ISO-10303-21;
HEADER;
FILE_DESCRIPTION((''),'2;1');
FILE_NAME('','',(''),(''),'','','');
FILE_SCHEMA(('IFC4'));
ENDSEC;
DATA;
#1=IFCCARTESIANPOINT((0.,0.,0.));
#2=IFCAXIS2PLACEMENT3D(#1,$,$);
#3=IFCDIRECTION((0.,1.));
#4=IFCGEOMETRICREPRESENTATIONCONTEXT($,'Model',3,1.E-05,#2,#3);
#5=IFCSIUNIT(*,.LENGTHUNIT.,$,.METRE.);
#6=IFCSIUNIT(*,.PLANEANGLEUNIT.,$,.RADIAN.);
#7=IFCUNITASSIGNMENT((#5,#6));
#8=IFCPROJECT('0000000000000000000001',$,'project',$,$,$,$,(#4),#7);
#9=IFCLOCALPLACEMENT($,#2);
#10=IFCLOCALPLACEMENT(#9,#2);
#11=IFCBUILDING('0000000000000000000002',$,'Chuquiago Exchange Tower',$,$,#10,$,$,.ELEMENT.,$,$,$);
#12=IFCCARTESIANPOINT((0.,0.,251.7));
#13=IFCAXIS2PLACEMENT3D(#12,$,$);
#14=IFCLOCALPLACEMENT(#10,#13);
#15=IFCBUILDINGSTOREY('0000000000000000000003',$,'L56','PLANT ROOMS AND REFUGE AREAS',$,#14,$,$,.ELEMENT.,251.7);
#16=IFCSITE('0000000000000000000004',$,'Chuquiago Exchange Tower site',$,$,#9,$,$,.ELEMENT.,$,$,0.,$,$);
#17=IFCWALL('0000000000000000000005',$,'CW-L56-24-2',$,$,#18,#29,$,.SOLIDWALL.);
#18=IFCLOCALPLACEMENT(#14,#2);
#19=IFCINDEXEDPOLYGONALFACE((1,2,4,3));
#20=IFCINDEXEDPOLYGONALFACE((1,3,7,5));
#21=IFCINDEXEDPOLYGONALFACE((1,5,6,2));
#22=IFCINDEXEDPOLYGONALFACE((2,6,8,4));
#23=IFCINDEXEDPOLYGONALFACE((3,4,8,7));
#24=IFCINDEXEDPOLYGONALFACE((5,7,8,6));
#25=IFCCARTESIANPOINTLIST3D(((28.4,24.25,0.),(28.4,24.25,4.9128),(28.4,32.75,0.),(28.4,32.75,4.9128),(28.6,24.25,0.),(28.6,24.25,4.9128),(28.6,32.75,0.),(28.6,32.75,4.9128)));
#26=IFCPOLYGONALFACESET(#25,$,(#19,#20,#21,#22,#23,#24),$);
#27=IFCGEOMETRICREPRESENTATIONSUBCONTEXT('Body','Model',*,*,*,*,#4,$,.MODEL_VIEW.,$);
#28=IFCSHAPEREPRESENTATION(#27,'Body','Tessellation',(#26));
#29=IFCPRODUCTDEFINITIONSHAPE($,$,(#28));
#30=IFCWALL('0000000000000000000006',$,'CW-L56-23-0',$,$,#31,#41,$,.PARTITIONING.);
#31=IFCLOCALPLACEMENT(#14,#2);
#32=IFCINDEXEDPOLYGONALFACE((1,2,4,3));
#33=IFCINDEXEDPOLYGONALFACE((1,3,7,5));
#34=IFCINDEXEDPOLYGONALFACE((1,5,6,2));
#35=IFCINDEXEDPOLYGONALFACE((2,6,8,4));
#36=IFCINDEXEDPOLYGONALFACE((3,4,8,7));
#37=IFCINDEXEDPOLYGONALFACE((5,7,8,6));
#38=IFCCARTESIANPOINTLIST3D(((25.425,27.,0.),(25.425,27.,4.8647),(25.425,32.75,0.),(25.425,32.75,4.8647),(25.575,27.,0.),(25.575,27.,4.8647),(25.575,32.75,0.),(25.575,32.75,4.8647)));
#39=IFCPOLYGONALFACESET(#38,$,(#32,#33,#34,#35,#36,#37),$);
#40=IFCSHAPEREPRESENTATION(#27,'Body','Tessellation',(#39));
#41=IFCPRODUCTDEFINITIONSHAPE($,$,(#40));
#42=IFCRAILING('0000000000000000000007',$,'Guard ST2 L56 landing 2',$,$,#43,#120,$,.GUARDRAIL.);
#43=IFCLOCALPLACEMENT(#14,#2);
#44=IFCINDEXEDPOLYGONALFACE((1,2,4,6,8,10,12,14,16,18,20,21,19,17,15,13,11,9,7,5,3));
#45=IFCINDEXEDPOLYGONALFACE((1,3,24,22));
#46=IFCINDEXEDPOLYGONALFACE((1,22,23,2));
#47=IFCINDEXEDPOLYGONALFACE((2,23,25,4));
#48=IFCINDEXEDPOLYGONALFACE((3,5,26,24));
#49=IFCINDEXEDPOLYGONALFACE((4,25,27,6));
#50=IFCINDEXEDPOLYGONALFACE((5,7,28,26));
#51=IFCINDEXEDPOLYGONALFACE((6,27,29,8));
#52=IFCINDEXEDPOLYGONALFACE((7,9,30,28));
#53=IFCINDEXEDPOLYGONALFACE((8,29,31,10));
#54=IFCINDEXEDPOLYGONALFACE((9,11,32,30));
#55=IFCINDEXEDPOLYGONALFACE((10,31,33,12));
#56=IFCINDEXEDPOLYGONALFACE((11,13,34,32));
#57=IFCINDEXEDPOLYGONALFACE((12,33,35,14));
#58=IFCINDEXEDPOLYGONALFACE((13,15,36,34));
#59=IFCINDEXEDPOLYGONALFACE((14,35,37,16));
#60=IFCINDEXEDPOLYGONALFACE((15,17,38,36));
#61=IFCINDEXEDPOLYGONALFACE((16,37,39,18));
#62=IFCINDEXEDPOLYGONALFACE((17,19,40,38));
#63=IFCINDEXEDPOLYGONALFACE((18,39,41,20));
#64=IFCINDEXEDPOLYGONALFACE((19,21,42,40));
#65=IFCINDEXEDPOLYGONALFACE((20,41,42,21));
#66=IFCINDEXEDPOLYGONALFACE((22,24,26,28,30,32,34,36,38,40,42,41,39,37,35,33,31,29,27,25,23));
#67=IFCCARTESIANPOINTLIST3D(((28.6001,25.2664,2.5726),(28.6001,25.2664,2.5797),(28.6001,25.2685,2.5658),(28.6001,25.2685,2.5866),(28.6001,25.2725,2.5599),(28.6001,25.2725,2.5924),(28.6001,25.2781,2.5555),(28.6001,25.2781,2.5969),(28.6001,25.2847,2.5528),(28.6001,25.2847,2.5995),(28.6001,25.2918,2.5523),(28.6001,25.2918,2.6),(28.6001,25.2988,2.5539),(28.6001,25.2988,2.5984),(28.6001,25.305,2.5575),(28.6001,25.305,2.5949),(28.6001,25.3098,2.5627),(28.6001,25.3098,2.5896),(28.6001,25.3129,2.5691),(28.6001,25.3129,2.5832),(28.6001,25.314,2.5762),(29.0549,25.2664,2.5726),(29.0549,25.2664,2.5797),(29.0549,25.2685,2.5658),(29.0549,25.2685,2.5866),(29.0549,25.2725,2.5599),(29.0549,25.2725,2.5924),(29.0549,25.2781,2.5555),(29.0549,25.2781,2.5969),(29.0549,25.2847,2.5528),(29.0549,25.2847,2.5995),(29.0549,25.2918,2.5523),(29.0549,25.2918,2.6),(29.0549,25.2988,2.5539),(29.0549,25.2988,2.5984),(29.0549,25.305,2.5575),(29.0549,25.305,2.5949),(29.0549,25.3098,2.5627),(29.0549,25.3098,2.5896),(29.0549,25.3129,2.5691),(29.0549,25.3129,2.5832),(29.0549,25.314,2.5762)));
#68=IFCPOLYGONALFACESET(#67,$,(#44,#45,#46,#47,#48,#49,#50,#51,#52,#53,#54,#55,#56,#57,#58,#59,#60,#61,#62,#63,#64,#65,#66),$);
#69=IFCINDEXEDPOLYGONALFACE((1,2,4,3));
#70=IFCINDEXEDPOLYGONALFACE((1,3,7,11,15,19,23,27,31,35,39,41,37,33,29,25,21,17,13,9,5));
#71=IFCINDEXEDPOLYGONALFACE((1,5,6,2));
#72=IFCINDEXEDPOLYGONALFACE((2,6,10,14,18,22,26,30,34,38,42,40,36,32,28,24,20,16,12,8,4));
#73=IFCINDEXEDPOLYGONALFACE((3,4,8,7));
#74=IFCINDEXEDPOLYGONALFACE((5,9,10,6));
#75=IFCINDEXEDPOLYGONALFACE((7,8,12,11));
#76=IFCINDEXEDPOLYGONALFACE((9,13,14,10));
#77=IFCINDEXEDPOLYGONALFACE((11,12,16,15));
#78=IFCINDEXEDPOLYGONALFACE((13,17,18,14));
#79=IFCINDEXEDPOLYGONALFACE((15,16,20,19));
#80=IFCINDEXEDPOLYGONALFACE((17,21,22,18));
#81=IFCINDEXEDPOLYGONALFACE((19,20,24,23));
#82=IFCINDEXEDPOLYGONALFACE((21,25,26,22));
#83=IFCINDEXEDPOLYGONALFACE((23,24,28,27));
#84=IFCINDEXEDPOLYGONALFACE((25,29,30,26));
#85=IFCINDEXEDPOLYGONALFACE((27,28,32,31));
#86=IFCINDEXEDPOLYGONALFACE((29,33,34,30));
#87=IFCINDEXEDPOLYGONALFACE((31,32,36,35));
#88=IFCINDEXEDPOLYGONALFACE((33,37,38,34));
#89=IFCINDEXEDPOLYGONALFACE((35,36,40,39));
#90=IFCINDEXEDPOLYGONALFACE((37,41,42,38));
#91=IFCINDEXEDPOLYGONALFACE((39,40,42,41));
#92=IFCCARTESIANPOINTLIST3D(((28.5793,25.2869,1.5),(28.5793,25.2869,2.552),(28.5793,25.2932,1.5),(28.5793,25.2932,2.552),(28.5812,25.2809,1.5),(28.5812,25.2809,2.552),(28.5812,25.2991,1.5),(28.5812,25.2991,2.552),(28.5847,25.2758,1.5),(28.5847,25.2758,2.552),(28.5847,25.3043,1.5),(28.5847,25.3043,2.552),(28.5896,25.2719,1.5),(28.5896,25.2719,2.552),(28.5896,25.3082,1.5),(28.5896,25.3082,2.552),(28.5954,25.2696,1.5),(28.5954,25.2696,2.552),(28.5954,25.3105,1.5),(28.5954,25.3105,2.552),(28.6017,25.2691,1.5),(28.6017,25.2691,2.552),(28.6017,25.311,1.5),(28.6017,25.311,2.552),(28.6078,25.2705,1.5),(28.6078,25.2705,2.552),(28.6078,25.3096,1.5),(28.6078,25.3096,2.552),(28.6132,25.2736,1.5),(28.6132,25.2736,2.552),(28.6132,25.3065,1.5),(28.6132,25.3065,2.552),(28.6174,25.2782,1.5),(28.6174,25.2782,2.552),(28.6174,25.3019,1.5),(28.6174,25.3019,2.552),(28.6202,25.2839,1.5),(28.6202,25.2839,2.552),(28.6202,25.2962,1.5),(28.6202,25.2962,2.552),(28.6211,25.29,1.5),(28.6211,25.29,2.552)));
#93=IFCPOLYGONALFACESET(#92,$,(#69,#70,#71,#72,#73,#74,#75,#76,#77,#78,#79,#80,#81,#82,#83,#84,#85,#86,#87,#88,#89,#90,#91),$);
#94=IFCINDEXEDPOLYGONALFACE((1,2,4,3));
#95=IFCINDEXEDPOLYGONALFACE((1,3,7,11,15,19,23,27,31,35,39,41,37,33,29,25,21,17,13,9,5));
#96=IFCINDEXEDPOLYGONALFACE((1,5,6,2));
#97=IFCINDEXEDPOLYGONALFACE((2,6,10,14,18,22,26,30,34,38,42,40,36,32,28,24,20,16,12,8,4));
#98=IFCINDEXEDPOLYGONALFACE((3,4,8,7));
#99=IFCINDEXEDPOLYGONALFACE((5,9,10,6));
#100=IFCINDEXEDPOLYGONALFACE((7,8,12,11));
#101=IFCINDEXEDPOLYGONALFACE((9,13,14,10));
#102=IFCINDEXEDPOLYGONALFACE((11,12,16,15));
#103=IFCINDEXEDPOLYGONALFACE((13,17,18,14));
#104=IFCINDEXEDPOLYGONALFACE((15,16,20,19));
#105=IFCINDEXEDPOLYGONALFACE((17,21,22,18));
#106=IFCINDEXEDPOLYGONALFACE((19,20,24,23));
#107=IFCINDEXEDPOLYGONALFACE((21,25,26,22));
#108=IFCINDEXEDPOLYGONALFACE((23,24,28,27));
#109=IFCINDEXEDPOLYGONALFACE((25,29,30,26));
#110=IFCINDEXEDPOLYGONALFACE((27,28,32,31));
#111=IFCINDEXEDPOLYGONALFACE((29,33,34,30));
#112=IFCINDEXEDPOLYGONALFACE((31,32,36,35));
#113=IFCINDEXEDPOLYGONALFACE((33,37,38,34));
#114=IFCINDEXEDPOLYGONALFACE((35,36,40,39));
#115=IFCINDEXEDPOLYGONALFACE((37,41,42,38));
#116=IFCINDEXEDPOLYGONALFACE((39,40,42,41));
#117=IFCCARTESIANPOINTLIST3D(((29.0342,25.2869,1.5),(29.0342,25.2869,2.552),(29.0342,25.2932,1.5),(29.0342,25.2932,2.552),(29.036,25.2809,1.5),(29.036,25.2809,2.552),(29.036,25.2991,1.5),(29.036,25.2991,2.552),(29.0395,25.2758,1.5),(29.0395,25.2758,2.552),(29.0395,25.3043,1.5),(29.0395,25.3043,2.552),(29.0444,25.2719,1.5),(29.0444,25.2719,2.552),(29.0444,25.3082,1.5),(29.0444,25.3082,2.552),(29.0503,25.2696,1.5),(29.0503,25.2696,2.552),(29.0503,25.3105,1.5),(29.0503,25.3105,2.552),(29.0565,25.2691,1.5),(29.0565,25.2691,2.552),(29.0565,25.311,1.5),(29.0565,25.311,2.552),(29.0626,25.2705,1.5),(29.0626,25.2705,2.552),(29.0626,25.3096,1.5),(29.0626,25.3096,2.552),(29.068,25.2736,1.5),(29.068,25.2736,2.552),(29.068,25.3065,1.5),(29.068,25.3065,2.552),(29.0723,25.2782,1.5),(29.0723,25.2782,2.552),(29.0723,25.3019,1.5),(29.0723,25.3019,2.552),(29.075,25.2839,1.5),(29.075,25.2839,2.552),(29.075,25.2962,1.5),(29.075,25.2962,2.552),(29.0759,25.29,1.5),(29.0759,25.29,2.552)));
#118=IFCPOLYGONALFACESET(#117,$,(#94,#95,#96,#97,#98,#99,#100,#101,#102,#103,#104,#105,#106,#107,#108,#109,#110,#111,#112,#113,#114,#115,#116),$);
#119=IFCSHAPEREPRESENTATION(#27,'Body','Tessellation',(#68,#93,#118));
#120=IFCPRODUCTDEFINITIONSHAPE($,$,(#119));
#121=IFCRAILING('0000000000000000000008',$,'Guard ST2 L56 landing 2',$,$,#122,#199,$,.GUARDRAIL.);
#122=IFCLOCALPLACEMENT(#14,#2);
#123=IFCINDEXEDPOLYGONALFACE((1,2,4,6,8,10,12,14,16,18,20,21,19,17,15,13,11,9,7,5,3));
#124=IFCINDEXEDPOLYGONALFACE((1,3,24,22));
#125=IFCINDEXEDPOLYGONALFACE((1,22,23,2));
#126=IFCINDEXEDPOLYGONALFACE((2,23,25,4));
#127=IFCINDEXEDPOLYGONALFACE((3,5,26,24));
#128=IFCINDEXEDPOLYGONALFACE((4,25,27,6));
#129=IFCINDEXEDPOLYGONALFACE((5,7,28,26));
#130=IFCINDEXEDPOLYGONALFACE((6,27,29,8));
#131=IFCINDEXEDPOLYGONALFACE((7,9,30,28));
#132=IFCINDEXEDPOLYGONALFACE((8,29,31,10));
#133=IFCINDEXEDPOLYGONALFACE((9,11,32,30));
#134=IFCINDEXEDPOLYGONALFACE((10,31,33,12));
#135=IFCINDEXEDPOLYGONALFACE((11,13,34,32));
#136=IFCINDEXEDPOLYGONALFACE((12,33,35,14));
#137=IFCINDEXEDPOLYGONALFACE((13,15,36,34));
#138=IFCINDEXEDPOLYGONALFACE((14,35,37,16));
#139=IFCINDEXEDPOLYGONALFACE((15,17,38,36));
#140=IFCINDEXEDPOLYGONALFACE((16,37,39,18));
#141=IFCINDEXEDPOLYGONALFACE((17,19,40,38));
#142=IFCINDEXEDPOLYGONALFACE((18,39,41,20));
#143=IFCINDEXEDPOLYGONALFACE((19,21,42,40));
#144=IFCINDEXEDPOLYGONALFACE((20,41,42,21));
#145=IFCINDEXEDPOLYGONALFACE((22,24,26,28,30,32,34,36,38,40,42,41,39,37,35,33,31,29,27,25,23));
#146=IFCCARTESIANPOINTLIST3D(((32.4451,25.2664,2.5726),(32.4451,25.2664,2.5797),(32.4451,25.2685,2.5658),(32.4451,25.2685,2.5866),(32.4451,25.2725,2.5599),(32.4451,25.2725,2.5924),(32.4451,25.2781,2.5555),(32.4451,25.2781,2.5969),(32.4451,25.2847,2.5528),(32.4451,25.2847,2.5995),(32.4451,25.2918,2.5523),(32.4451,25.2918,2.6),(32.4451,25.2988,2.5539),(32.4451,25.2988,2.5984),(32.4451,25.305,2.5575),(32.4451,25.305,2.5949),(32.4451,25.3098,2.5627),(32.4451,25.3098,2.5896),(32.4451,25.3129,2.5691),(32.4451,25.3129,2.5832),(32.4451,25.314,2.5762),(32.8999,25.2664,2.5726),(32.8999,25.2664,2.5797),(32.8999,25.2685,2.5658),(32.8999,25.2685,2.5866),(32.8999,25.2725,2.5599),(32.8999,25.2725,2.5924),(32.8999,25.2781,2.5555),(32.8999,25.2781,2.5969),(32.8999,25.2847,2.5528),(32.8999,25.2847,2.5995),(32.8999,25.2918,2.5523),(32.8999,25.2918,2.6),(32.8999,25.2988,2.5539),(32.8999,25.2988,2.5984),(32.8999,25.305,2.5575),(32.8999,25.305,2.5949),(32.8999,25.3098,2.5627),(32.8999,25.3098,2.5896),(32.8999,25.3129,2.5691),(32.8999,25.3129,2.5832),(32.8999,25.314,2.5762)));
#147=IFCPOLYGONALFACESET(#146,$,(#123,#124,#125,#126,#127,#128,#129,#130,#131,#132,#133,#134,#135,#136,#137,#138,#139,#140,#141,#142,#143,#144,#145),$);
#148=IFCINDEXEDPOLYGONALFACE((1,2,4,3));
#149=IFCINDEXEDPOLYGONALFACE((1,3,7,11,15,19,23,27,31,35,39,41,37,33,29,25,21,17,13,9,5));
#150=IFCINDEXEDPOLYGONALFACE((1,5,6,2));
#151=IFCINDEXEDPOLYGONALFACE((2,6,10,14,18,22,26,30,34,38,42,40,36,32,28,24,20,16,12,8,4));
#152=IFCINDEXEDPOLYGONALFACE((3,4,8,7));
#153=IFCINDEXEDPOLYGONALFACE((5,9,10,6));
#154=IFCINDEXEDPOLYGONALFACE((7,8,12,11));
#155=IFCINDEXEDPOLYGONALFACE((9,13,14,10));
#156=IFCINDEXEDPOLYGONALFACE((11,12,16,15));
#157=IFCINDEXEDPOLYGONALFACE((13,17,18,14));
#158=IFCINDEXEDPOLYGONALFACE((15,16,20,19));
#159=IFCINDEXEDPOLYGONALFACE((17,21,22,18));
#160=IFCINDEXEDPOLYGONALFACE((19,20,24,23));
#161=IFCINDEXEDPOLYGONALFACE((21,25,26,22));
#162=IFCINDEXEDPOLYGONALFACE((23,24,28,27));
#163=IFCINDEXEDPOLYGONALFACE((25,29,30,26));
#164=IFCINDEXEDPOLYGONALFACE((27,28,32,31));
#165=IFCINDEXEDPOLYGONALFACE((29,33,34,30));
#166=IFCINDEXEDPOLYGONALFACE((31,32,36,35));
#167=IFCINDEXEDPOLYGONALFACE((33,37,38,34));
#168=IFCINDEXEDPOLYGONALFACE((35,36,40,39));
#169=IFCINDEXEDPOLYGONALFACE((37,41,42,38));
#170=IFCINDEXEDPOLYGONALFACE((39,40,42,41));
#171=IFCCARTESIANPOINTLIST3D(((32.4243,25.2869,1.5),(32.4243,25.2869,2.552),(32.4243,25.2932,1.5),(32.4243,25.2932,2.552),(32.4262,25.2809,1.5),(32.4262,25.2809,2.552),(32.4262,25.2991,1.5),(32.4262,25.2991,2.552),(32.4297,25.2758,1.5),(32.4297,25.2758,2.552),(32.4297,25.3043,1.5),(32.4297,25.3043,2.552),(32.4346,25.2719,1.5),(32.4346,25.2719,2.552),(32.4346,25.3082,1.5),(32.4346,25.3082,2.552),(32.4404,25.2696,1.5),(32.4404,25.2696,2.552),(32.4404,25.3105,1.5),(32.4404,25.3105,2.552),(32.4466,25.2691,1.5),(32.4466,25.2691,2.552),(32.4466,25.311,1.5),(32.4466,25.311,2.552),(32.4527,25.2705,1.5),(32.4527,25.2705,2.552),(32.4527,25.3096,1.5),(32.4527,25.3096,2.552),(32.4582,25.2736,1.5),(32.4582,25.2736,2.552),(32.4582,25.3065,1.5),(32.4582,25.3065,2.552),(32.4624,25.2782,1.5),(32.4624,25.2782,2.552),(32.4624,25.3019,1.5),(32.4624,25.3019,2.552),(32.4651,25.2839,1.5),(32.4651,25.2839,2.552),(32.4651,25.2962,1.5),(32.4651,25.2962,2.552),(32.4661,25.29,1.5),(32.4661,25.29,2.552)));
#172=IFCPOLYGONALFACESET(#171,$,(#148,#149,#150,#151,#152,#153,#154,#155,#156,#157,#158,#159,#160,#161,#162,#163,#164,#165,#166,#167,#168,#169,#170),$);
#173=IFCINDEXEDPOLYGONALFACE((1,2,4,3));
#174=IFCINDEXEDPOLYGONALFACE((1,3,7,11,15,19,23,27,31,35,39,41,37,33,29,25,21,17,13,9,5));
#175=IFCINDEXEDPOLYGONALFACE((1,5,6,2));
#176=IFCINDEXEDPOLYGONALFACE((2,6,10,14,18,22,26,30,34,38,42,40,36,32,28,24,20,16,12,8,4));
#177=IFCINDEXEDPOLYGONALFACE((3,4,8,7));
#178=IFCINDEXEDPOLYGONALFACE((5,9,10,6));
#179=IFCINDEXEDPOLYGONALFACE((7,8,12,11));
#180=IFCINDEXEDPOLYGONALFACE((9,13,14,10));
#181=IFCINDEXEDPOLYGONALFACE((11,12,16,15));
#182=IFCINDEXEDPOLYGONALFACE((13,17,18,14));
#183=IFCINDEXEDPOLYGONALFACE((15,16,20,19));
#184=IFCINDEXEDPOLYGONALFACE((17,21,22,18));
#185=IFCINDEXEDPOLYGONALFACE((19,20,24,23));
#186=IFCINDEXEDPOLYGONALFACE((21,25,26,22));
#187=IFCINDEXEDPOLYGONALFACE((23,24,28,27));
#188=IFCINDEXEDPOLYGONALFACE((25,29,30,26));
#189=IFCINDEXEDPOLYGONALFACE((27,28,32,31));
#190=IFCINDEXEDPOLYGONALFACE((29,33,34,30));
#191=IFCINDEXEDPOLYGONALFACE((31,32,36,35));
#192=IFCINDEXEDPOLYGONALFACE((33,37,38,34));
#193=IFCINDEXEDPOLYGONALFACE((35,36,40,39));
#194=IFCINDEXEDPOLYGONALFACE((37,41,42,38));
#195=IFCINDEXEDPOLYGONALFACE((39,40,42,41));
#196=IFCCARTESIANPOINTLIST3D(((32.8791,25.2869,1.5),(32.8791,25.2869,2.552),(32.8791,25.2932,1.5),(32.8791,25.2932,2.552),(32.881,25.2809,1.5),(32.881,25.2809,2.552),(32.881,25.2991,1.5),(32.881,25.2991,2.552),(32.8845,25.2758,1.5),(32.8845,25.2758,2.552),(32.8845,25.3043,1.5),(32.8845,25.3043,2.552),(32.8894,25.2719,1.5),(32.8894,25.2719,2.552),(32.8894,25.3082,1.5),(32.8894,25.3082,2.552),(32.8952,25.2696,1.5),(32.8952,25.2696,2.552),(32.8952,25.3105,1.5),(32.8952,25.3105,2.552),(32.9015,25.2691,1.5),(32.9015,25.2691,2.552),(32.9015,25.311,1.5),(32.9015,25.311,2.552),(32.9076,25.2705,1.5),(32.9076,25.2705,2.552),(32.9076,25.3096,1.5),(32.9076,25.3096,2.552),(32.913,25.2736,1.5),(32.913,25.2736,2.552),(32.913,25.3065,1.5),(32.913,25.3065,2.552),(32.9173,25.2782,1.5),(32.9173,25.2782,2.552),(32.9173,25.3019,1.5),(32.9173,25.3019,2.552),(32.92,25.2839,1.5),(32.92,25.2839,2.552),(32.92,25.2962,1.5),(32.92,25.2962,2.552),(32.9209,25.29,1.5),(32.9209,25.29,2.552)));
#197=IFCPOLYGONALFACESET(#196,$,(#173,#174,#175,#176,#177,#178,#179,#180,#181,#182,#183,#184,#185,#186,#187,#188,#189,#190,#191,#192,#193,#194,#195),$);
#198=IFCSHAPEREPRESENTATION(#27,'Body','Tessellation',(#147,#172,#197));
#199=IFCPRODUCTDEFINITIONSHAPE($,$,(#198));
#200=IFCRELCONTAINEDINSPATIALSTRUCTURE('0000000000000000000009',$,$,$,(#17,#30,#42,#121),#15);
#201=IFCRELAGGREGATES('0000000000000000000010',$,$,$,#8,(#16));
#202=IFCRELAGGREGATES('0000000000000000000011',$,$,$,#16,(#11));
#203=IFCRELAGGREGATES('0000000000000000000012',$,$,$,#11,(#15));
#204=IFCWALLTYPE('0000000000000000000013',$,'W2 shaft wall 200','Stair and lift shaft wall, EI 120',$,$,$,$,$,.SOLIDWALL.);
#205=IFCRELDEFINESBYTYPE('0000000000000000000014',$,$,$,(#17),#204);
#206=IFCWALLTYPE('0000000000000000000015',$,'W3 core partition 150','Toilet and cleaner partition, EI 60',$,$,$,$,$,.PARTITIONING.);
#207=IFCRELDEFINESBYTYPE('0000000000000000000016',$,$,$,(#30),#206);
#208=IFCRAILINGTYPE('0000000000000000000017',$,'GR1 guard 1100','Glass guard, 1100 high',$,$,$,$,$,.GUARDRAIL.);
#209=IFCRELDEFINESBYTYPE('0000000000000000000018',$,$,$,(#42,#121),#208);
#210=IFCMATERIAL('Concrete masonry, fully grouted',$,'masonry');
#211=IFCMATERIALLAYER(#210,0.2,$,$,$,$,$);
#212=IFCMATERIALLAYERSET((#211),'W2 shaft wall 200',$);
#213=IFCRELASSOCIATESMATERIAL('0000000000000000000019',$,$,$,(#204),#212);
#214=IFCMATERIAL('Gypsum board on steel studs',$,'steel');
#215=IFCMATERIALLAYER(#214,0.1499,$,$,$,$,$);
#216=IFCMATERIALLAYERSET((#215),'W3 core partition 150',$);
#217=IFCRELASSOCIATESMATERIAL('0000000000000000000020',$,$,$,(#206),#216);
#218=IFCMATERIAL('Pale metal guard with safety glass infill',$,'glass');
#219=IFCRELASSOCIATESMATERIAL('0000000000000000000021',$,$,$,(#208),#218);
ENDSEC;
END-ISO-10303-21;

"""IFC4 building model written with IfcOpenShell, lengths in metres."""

from ifc_helpers import new_model, si_unit, direction, frame, frame_2d, origin, origin_2d, place, context, subcontext, project, spatial, rectangle, circle, extrude, material, layer, layer_set, type_object, element, save


model = new_model("IFC4")

# Units and contexts
model_context = context("Model", 3, precision=1e-05, world=origin(), true_north=direction((0.0, 1.0)))
body_context = subcontext(model_context, "Body", "Model", "MODEL_VIEW")
ifc_project = project(units=[si_unit("LENGTHUNIT", "METRE"), si_unit("PLANEANGLEUNIT", "RADIAN")], contexts=[model_context])

# Site, building, storey
site_placement = place(None, origin())
site = spatial("IfcSite", under=ifc_project, at=site_placement, Name="Chuquiago Exchange Tower site", CompositionType="ELEMENT", RefElevation=0.0)
building_placement = place(site_placement, origin())
building = spatial("IfcBuilding", under=site, at=building_placement, Name="Chuquiago Exchange Tower", CompositionType="ELEMENT")
storey_placement = place(building_placement, frame((0.0, 0.0, 251.7)))
storey = spatial("IfcBuildingStorey", under=building, at=storey_placement, Name="L56", Description="PLANT ROOMS AND REFUGE AREAS", CompositionType="ELEMENT", Elevation=251.7)

# Walls
ifc_material_1 = material(Name="Concrete masonry, fully grouted", Category="masonry")
ifc_layer_1 = layer(ifc_material_1, 0.2)
ifc_layer_set_1 = layer_set([ifc_layer_1], Name="W2 shaft wall 200")
wall_type_1 = type_object("IfcWallType", Name="W2 shaft wall 200", Description="Stair and lift shaft wall, EI 120", PredefinedType="SOLIDWALL", material=ifc_layer_set_1)
wall_1_placement = place(storey_placement, frame((28.5, 24.25, 0.0), z_axis=(0.0, 0.0, 1.0), x_axis=(0.0, 1.0, 0.0)))
element("IfcWall", 1, at=wall_1_placement, inside=storey, type_object=wall_type_1, Name="CW-L56-24-2", PredefinedType="SOLIDWALL", context=body_context, shape_type="SweptSolid", body=[
    extrude(rectangle(XDim=8.5, YDim=0.2, at=frame_2d((4.25, 0.0))), origin(), (0.0, 0.0, 1.0), 4.9128),
])
ifc_material_2 = material(Name="Gypsum board on steel studs", Category="steel")
ifc_layer_2 = layer(ifc_material_2, 0.1499)
ifc_layer_set_2 = layer_set([ifc_layer_2], Name="W3 core partition 150")
wall_type_2 = type_object("IfcWallType", Name="W3 core partition 150", Description="Toilet and cleaner partition, EI 60", PredefinedType="PARTITIONING", material=ifc_layer_set_2)
wall_2_placement = place(storey_placement, frame((25.5, 27.0, 0.0), z_axis=(0.0, 0.0, 1.0), x_axis=(0.0, 1.0, 0.0)))
element("IfcWall", 2, at=wall_2_placement, inside=storey, type_object=wall_type_2, Name="CW-L56-23-0", PredefinedType="PARTITIONING", context=body_context, shape_type="SweptSolid", body=[
    extrude(rectangle(XDim=5.75, YDim=0.1499, at=frame_2d((2.875, 0.0))), origin(), (0.0, 0.0, 1.0), 4.8647),
])

# Railings
ifc_material_3 = material(Name="Pale metal guard with safety glass infill", Category="glass")
railing_type_1 = type_object("IfcRailingType", Name="GR1 guard 1100", Description="Glass guard, 1100 high", PredefinedType="GUARDRAIL", material=ifc_material_3)
for number, where, name in (
    (3, (28.6001, 25.29, 1.5), "Guard ST2 L56 landing 2"),
    (4, (32.4451, 25.29, 1.5), "Guard ST2 L56 landing 2"),
):
    element("IfcRailing", number, at=place(storey_placement, frame(where)), inside=storey, type_object=railing_type_1, Name=name, PredefinedType="GUARDRAIL", context=body_context, shape_type="SweptSolid", body=[
        extrude(circle(Radius=0.0239, at=origin_2d()), frame((0.0, 0.0, 1.0762), z_axis=(1.0, 0.0, 0.0), x_axis=(0.0, 1.0, 0.0)), (0.0, 0.0, 1.0), 0.4548),
        extrude(circle(Radius=0.021, at=origin_2d()), origin(), (0.0, 0.0, 1.0), 1.052),
        extrude(circle(Radius=0.021, at=origin_2d()), frame((0.4548, 0.0, 0.0)), (0.0, 0.0, 1.0), 1.052),
    ])

save(model, "model.ifc")
